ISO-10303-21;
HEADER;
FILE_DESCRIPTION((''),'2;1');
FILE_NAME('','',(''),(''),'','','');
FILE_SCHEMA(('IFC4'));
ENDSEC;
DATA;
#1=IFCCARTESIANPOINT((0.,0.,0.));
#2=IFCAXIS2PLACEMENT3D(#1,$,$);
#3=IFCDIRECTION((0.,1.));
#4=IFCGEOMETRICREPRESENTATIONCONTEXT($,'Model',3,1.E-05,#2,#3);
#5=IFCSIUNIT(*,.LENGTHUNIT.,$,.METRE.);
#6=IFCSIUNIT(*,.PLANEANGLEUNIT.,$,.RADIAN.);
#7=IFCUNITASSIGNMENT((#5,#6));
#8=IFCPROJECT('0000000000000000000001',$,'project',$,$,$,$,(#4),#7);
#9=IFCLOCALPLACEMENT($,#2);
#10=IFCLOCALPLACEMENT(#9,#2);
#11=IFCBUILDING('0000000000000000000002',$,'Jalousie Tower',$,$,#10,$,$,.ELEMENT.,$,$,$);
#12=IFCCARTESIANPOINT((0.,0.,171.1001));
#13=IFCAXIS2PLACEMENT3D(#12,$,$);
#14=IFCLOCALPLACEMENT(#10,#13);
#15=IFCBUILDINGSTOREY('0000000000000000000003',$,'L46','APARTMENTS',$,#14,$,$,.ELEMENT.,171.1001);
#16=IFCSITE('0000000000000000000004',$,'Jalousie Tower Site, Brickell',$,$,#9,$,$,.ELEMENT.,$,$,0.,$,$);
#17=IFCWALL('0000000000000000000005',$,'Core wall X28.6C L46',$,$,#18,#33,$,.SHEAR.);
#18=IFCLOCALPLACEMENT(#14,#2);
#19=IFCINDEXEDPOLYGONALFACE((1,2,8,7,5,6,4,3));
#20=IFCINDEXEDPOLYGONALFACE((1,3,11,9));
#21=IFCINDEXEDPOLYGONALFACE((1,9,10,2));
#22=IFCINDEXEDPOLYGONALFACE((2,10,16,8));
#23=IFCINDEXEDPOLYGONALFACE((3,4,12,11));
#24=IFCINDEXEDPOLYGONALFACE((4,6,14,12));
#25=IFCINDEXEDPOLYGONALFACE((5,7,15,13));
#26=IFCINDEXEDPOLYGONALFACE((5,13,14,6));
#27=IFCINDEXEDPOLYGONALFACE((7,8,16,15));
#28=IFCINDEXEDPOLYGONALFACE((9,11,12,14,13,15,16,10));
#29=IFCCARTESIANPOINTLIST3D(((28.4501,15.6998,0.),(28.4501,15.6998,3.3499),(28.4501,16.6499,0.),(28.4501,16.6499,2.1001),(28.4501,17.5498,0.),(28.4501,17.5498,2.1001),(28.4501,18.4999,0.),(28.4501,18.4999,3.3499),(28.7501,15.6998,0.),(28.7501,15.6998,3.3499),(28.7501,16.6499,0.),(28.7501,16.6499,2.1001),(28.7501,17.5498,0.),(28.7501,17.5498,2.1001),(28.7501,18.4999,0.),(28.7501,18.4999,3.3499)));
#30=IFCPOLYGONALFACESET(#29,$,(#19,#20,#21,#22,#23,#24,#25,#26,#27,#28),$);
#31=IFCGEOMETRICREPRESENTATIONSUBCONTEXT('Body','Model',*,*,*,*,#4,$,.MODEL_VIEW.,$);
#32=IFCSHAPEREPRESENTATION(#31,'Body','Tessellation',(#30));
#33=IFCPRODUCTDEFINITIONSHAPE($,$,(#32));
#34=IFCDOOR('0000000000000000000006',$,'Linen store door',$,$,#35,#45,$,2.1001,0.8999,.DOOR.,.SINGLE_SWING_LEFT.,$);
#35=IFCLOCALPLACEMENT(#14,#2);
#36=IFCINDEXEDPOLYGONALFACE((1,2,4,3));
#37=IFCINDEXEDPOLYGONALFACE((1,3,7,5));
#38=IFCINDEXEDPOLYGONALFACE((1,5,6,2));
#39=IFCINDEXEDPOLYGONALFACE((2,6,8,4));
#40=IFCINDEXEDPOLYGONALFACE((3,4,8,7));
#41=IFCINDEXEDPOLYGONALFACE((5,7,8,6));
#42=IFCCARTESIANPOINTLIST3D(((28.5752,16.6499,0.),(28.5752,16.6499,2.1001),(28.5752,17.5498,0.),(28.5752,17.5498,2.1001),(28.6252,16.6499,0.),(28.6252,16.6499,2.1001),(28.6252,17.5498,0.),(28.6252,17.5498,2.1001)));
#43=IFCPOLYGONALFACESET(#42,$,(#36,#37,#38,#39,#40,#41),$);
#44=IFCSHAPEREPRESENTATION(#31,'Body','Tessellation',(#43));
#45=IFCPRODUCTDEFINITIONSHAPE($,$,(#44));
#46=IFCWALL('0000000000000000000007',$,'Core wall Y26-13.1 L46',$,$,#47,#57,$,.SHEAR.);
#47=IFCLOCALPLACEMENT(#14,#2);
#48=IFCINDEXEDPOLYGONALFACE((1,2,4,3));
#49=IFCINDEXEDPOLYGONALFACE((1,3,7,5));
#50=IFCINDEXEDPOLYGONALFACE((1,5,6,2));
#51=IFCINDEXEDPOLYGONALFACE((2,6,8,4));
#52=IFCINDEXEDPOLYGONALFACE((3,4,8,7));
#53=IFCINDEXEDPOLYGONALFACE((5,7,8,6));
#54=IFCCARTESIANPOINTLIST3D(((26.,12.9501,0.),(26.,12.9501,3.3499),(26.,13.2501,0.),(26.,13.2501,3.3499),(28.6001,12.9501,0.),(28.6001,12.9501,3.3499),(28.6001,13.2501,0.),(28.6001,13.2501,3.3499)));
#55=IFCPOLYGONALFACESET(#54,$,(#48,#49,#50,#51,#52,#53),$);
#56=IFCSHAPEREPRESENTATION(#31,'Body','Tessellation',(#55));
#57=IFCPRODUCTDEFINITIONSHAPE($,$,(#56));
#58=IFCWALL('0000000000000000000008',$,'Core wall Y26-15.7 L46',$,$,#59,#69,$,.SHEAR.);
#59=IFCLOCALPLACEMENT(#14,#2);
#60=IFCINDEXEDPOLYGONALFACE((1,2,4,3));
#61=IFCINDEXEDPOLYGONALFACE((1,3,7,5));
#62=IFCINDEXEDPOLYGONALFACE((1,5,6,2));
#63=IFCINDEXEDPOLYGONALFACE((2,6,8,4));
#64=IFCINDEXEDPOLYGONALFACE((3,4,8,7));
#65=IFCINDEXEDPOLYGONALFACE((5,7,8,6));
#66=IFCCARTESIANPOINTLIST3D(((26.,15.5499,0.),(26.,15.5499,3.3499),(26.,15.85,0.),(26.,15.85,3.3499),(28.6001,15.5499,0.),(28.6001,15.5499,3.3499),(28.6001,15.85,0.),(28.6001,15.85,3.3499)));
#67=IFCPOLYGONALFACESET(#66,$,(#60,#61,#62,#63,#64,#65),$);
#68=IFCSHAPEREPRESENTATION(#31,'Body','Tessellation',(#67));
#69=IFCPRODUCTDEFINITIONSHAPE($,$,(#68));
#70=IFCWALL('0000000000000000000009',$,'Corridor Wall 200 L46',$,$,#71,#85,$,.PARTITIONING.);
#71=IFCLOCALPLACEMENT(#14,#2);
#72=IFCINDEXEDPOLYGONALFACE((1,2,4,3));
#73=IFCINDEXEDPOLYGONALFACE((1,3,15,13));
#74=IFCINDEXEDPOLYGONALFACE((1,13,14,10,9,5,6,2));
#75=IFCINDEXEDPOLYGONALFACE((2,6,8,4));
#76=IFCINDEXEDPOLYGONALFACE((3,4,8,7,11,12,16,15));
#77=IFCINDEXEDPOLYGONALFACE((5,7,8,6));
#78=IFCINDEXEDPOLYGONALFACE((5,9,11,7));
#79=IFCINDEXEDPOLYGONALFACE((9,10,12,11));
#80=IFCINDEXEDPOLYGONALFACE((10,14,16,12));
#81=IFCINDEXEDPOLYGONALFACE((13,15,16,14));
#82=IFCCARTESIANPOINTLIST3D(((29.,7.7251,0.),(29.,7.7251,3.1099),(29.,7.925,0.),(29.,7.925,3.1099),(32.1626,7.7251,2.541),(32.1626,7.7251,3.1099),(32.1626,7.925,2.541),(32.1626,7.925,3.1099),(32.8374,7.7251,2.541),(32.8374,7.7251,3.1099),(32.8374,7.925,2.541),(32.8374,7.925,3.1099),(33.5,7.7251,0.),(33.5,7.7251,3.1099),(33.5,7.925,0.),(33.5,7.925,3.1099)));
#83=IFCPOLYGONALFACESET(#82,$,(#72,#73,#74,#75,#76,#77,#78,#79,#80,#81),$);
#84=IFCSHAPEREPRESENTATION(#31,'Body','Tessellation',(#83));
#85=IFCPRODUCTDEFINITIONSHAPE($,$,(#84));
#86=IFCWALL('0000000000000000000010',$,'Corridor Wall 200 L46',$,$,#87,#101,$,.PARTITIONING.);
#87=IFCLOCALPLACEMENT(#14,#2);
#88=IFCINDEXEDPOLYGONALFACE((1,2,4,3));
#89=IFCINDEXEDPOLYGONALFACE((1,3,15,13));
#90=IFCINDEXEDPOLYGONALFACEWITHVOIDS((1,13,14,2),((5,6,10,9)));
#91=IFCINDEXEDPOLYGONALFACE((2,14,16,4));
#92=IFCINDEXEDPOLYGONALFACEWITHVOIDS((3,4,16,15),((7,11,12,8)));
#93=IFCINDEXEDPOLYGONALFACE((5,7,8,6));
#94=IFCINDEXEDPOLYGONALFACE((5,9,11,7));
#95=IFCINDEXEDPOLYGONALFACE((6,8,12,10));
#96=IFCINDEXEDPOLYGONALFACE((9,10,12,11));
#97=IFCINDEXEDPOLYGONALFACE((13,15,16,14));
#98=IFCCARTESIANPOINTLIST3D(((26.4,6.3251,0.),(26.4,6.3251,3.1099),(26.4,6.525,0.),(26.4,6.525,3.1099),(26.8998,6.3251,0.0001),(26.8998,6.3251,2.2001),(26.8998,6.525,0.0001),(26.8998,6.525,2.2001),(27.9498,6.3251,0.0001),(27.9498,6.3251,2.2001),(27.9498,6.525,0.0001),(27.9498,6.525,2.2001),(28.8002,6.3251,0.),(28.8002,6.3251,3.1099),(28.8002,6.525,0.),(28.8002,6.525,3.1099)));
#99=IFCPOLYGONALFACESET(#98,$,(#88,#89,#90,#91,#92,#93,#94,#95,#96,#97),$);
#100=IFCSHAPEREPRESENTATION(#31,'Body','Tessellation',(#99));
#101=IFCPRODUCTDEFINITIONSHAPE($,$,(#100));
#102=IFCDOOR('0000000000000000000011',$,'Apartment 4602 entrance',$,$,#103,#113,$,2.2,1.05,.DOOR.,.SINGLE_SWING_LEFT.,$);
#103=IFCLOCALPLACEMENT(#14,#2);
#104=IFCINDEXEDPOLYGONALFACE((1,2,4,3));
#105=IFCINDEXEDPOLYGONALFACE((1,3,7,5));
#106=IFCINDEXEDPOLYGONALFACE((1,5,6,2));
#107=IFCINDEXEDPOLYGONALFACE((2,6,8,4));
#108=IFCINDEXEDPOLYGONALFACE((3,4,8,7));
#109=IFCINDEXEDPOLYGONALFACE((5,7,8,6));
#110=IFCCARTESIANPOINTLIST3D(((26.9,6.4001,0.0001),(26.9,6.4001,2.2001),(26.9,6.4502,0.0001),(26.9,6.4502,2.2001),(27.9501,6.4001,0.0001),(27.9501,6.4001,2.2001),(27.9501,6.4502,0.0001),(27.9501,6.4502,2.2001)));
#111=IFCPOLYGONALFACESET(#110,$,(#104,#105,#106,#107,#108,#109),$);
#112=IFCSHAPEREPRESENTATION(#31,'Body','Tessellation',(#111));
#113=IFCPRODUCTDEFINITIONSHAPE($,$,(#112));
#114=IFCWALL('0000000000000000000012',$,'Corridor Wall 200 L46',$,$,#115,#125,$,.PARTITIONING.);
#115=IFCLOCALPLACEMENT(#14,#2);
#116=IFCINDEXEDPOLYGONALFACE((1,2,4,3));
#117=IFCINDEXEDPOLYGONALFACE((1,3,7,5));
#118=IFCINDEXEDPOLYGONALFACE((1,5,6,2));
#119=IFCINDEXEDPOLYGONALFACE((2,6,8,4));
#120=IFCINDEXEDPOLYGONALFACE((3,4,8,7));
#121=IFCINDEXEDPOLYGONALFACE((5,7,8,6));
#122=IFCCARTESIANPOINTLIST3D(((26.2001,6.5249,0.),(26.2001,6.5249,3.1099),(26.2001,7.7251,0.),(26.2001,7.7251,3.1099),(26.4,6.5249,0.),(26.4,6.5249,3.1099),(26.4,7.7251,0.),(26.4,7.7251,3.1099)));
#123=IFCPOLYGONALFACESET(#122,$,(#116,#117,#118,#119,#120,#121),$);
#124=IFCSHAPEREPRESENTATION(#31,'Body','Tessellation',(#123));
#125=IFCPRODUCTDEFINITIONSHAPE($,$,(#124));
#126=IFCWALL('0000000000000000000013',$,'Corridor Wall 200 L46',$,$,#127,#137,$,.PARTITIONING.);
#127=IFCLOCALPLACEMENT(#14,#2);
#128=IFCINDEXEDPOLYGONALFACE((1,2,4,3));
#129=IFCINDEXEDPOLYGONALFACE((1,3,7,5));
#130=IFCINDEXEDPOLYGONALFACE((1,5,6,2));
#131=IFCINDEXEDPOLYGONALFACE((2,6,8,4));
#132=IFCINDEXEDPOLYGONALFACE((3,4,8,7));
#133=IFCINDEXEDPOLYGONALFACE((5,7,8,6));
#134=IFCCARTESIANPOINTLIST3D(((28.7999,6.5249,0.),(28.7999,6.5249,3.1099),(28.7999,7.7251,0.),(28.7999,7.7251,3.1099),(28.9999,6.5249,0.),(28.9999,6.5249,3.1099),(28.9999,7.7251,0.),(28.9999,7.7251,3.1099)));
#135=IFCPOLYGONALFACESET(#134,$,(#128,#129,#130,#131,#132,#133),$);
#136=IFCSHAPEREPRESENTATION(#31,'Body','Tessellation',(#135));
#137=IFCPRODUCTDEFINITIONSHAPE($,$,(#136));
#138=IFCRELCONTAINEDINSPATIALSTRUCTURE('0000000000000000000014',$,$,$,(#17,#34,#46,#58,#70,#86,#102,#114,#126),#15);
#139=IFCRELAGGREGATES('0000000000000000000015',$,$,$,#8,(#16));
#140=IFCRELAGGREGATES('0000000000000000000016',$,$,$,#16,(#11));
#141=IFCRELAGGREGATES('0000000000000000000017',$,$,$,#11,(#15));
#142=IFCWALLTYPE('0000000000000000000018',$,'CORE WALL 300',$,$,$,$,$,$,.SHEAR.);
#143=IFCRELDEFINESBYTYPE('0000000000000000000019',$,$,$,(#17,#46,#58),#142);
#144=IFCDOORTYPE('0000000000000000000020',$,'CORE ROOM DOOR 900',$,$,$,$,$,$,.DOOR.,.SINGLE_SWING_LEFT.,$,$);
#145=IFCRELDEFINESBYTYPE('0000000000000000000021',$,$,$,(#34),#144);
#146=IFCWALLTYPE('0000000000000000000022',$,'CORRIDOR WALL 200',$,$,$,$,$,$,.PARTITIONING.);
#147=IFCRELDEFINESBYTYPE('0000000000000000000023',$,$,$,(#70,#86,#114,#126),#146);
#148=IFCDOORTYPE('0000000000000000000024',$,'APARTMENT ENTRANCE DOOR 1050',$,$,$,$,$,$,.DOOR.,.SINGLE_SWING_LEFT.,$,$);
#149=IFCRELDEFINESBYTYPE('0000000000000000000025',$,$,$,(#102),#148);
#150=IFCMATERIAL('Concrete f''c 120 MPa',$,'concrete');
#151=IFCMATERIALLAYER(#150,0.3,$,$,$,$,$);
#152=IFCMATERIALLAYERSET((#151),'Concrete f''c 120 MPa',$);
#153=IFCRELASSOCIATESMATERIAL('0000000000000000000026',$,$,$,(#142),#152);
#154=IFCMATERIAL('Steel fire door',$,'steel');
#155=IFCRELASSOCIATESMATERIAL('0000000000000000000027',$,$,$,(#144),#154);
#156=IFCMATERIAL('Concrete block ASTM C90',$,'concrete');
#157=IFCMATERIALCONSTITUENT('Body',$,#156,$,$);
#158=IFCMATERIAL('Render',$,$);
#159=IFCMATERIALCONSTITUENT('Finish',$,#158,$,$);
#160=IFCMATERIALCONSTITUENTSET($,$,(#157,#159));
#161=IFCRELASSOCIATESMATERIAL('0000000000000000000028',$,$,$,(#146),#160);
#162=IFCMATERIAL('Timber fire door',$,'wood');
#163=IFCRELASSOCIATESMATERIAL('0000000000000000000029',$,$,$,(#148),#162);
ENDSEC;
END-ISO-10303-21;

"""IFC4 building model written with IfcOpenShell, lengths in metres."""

from ifc_helpers import new_model, si_unit, direction, frame, frame_2d, origin, place, context, subcontext, project, spatial, polyline, rectangle, outline, extrude, material, layer, layer_set, constituent, constituent_set, type_object, element, fill, save


model = new_model("IFC4")

# Units and contexts
model_context = context("Model", 3, precision=1e-05, world=origin(), true_north=direction((0.0, 1.0)))
body_context = subcontext(model_context, "Body", "Model", "MODEL_VIEW")
ifc_project = project(units=[si_unit("LENGTHUNIT", "METRE"), si_unit("PLANEANGLEUNIT", "RADIAN")], contexts=[model_context])

# Site, building, storey
site_placement = place(None, origin())
site = spatial("IfcSite", under=ifc_project, at=site_placement, Name="Jalousie Tower Site, Brickell", CompositionType="ELEMENT", RefElevation=0.0)
building_placement = place(site_placement, origin())
building = spatial("IfcBuilding", under=site, at=building_placement, Name="Jalousie Tower", CompositionType="ELEMENT")
storey_placement = place(building_placement, frame((0.0, 0.0, 171.1001)))
storey = spatial("IfcBuildingStorey", under=building, at=storey_placement, Name="L46", Description="APARTMENTS", CompositionType="ELEMENT", Elevation=171.1001)

# Shared definitions
ifc_material_1 = material(Name="Concrete f'c 120 MPa", Category="concrete")
ifc_layer = layer(ifc_material_1, 0.3)
ifc_layer_set = layer_set([ifc_layer], Name="Concrete f'c 120 MPa")
wall_type_1 = type_object("IfcWallType", Name="CORE WALL 300", PredefinedType="SHEAR", material=ifc_layer_set)

# Wall, opening, door
ifc_material_2 = material(Name="Steel fire door", Category="steel")
door_type_1 = type_object("IfcDoorType", Name="CORE ROOM DOOR 900", OperationType="SINGLE_SWING_LEFT", PredefinedType="DOOR", material=ifc_material_2)
wall_1_placement = place(storey_placement, frame((28.6001, 15.7, 0.0), z_axis=(0.0, 0.0, 1.0), x_axis=(0.0, 1.0, 0.0)))
wall_1 = element("IfcWall", 1, at=wall_1_placement, inside=storey, type_object=wall_type_1, Name="Core wall X28.6C L46", PredefinedType="SHEAR", context=body_context, shape_type="SweptSolid", body=[
    extrude(rectangle(XDim=2.8, YDim=0.3, at=frame_2d((1.3999, 0.0))), origin(), (0.0, 0.0, 1.0), 3.3499),
])
opening_1_placement = place(wall_1_placement, frame((0.95, 0.0, 0.0)))
opening_1 = element("IfcOpeningElement", 2, at=opening_1_placement, cuts=wall_1, PredefinedType="OPENING", context=body_context, shape_type="SweptSolid", body=[
    extrude(rectangle(XDim=0.8999, YDim=2.1001, at=frame_2d((0.45, 1.05))), frame((0.0, 0.1599, 0.0), z_axis=(0.0, -1.0, 0.0), x_axis=(1.0, 0.0, 0.0)), (0.0, 0.0, 1.0), 0.3201),
])
door_1_placement = place(opening_1_placement, origin())
door_1 = element("IfcDoor", 3, at=door_1_placement, inside=storey, type_object=door_type_1, Name="Linen store door", OperationType="SINGLE_SWING_LEFT", OverallHeight=2.1001, OverallWidth=0.8999, PredefinedType="DOOR", context=body_context, shape_type="SweptSolid", body=[
    extrude(rectangle(XDim=0.8999, YDim=2.1001, at=frame_2d((0.45, 1.05))), frame((0.0, 0.0249, 0.0), z_axis=(0.0, -1.0, 0.0), x_axis=(1.0, 0.0, 0.0)), (0.0, 0.0, 1.0), 0.05),
])
fill(opening_1, door_1)

# Walls
for number, where, z_axis, x_axis, name in (
    (4, (26.0, 13.1001, 0.0), (0.0, 0.0, 1.0), (1.0, 0.0, 0.0), "Core wall Y26-13.1 L46"),
    (5, (26.0, 15.7, 0.0), (0.0, 0.0, 1.0), (1.0, 0.0, 0.0), "Core wall Y26-15.7 L46"),
):
    element("IfcWall", number, at=place(storey_placement, frame(where, z_axis=z_axis, x_axis=x_axis)), inside=storey, type_object=wall_type_1, Name=name, PredefinedType="SHEAR", context=body_context, shape_type="SweptSolid", body=[
        extrude(rectangle(XDim=2.6001, YDim=0.3, at=frame_2d((1.3, 0.0))), origin(), (0.0, 0.0, 1.0), 3.3499),
    ])
ifc_material_3 = material(Name="Concrete block ASTM C90", Category="concrete")
ifc_constituent_1 = constituent(ifc_material_3, Name="Body")
ifc_material_4 = material(Name="Render")
ifc_constituent_2 = constituent(ifc_material_4, Name="Finish")
ifc_constituent_set_1 = constituent_set(constituents=[ifc_constituent_1, ifc_constituent_2])
wall_type_2 = type_object("IfcWallType", Name="CORRIDOR WALL 200", PredefinedType="PARTITIONING", material=ifc_constituent_set_1)
wall_2_placement = place(storey_placement, frame((29.0, 7.825, 0.0), z_axis=(0.0, 0.0, 1.0), x_axis=(1.0, 0.0, 0.0)))
element("IfcWall", 6, at=wall_2_placement, inside=storey, type_object=wall_type_2, Name="Corridor Wall 200 L46", PredefinedType="PARTITIONING", context=body_context, shape_type="SweptSolid", body=[
    extrude(outline(polyline([(0.0, 0.0), (4.5, 0.0), (4.5, 3.1099), (3.8374, 3.1099), (3.8374, 2.541), (3.1626, 2.541), (3.1626, 3.1099), (0.0, 3.1099), (0.0, 0.0)])), frame((0.0, 0.1001, 0.0), z_axis=(0.0, -1.0, 0.0), x_axis=(1.0, 0.0, 0.0)), (0.0, 0.0, 1.0), 0.2),
])

# Wall, opening, door
wall_3_placement = place(storey_placement, frame((26.3999, 6.425, 0.0), z_axis=(0.0, 0.0, 1.0), x_axis=(1.0, 0.0, 0.0)))
wall_3 = element("IfcWall", 7, at=wall_3_placement, inside=storey, type_object=wall_type_2, Name="Corridor Wall 200 L46", PredefinedType="PARTITIONING", context=body_context, shape_type="SweptSolid", body=[
    extrude(rectangle(XDim=2.4001, YDim=0.2, at=frame_2d((1.2002, 0.0))), origin(), (0.0, 0.0, 1.0), 3.1099),
])
opening_2_placement = place(wall_3_placement, frame((0.5, 0.0, 0.0)))
opening_2 = element("IfcOpeningElement", 8, at=opening_2_placement, cuts=wall_3, PredefinedType="OPENING", context=body_context, shape_type="SweptSolid", body=[
    extrude(rectangle(XDim=1.05, YDim=2.2, at=frame_2d((0.5249, 1.1001))), frame((0.0, 0.1099, 0.0), z_axis=(0.0, -1.0, 0.0), x_axis=(1.0, 0.0, 0.0)), (0.0, 0.0, 1.0), 0.22),
])
ifc_material_5 = material(Name="Timber fire door", Category="wood")
door_type_2 = type_object("IfcDoorType", Name="APARTMENT ENTRANCE DOOR 1050", OperationType="SINGLE_SWING_LEFT", PredefinedType="DOOR", material=ifc_material_5)
door_2_placement = place(opening_2_placement, frame((1.05, 0.0, 0.0), z_axis=(0.0, 0.0, 1.0), x_axis=(-1.0, 0.0, 0.0)))
door_2 = element("IfcDoor", 9, at=door_2_placement, inside=storey, type_object=door_type_2, Name="Apartment 4602 entrance", OperationType="SINGLE_SWING_LEFT", OverallHeight=2.2, OverallWidth=1.05, PredefinedType="DOOR", context=body_context, shape_type="SweptSolid", body=[
    extrude(rectangle(XDim=1.05, YDim=2.2, at=frame_2d((0.5249, 1.1001))), frame((0.0, 0.0249, 0.0), z_axis=(0.0, -1.0, 0.0), x_axis=(1.0, 0.0, 0.0)), (0.0, 0.0, 1.0), 0.05),
])
fill(opening_2, door_2)

# Walls
for number, where, z_axis, x_axis, name in (
    (10, (26.3, 7.7251, 0.0), (0.0, 0.0, 1.0), (0.0, -1.0, 0.0), "Corridor Wall 200 L46"),
    (11, (28.8999, 7.7251, 0.0), (0.0, 0.0, 1.0), (0.0, -1.0, 0.0), "Corridor Wall 200 L46"),
):
    element("IfcWall", number, at=place(storey_placement, frame(where, z_axis=z_axis, x_axis=x_axis)), inside=storey, type_object=wall_type_2, Name=name, PredefinedType="PARTITIONING", context=body_context, shape_type="SweptSolid", body=[
        extrude(rectangle(XDim=1.2002, YDim=0.2, at=frame_2d((0.6001, 0.0))), origin(), (0.0, 0.0, 1.0), 3.1099),
    ])

save(model, "model.ifc")
